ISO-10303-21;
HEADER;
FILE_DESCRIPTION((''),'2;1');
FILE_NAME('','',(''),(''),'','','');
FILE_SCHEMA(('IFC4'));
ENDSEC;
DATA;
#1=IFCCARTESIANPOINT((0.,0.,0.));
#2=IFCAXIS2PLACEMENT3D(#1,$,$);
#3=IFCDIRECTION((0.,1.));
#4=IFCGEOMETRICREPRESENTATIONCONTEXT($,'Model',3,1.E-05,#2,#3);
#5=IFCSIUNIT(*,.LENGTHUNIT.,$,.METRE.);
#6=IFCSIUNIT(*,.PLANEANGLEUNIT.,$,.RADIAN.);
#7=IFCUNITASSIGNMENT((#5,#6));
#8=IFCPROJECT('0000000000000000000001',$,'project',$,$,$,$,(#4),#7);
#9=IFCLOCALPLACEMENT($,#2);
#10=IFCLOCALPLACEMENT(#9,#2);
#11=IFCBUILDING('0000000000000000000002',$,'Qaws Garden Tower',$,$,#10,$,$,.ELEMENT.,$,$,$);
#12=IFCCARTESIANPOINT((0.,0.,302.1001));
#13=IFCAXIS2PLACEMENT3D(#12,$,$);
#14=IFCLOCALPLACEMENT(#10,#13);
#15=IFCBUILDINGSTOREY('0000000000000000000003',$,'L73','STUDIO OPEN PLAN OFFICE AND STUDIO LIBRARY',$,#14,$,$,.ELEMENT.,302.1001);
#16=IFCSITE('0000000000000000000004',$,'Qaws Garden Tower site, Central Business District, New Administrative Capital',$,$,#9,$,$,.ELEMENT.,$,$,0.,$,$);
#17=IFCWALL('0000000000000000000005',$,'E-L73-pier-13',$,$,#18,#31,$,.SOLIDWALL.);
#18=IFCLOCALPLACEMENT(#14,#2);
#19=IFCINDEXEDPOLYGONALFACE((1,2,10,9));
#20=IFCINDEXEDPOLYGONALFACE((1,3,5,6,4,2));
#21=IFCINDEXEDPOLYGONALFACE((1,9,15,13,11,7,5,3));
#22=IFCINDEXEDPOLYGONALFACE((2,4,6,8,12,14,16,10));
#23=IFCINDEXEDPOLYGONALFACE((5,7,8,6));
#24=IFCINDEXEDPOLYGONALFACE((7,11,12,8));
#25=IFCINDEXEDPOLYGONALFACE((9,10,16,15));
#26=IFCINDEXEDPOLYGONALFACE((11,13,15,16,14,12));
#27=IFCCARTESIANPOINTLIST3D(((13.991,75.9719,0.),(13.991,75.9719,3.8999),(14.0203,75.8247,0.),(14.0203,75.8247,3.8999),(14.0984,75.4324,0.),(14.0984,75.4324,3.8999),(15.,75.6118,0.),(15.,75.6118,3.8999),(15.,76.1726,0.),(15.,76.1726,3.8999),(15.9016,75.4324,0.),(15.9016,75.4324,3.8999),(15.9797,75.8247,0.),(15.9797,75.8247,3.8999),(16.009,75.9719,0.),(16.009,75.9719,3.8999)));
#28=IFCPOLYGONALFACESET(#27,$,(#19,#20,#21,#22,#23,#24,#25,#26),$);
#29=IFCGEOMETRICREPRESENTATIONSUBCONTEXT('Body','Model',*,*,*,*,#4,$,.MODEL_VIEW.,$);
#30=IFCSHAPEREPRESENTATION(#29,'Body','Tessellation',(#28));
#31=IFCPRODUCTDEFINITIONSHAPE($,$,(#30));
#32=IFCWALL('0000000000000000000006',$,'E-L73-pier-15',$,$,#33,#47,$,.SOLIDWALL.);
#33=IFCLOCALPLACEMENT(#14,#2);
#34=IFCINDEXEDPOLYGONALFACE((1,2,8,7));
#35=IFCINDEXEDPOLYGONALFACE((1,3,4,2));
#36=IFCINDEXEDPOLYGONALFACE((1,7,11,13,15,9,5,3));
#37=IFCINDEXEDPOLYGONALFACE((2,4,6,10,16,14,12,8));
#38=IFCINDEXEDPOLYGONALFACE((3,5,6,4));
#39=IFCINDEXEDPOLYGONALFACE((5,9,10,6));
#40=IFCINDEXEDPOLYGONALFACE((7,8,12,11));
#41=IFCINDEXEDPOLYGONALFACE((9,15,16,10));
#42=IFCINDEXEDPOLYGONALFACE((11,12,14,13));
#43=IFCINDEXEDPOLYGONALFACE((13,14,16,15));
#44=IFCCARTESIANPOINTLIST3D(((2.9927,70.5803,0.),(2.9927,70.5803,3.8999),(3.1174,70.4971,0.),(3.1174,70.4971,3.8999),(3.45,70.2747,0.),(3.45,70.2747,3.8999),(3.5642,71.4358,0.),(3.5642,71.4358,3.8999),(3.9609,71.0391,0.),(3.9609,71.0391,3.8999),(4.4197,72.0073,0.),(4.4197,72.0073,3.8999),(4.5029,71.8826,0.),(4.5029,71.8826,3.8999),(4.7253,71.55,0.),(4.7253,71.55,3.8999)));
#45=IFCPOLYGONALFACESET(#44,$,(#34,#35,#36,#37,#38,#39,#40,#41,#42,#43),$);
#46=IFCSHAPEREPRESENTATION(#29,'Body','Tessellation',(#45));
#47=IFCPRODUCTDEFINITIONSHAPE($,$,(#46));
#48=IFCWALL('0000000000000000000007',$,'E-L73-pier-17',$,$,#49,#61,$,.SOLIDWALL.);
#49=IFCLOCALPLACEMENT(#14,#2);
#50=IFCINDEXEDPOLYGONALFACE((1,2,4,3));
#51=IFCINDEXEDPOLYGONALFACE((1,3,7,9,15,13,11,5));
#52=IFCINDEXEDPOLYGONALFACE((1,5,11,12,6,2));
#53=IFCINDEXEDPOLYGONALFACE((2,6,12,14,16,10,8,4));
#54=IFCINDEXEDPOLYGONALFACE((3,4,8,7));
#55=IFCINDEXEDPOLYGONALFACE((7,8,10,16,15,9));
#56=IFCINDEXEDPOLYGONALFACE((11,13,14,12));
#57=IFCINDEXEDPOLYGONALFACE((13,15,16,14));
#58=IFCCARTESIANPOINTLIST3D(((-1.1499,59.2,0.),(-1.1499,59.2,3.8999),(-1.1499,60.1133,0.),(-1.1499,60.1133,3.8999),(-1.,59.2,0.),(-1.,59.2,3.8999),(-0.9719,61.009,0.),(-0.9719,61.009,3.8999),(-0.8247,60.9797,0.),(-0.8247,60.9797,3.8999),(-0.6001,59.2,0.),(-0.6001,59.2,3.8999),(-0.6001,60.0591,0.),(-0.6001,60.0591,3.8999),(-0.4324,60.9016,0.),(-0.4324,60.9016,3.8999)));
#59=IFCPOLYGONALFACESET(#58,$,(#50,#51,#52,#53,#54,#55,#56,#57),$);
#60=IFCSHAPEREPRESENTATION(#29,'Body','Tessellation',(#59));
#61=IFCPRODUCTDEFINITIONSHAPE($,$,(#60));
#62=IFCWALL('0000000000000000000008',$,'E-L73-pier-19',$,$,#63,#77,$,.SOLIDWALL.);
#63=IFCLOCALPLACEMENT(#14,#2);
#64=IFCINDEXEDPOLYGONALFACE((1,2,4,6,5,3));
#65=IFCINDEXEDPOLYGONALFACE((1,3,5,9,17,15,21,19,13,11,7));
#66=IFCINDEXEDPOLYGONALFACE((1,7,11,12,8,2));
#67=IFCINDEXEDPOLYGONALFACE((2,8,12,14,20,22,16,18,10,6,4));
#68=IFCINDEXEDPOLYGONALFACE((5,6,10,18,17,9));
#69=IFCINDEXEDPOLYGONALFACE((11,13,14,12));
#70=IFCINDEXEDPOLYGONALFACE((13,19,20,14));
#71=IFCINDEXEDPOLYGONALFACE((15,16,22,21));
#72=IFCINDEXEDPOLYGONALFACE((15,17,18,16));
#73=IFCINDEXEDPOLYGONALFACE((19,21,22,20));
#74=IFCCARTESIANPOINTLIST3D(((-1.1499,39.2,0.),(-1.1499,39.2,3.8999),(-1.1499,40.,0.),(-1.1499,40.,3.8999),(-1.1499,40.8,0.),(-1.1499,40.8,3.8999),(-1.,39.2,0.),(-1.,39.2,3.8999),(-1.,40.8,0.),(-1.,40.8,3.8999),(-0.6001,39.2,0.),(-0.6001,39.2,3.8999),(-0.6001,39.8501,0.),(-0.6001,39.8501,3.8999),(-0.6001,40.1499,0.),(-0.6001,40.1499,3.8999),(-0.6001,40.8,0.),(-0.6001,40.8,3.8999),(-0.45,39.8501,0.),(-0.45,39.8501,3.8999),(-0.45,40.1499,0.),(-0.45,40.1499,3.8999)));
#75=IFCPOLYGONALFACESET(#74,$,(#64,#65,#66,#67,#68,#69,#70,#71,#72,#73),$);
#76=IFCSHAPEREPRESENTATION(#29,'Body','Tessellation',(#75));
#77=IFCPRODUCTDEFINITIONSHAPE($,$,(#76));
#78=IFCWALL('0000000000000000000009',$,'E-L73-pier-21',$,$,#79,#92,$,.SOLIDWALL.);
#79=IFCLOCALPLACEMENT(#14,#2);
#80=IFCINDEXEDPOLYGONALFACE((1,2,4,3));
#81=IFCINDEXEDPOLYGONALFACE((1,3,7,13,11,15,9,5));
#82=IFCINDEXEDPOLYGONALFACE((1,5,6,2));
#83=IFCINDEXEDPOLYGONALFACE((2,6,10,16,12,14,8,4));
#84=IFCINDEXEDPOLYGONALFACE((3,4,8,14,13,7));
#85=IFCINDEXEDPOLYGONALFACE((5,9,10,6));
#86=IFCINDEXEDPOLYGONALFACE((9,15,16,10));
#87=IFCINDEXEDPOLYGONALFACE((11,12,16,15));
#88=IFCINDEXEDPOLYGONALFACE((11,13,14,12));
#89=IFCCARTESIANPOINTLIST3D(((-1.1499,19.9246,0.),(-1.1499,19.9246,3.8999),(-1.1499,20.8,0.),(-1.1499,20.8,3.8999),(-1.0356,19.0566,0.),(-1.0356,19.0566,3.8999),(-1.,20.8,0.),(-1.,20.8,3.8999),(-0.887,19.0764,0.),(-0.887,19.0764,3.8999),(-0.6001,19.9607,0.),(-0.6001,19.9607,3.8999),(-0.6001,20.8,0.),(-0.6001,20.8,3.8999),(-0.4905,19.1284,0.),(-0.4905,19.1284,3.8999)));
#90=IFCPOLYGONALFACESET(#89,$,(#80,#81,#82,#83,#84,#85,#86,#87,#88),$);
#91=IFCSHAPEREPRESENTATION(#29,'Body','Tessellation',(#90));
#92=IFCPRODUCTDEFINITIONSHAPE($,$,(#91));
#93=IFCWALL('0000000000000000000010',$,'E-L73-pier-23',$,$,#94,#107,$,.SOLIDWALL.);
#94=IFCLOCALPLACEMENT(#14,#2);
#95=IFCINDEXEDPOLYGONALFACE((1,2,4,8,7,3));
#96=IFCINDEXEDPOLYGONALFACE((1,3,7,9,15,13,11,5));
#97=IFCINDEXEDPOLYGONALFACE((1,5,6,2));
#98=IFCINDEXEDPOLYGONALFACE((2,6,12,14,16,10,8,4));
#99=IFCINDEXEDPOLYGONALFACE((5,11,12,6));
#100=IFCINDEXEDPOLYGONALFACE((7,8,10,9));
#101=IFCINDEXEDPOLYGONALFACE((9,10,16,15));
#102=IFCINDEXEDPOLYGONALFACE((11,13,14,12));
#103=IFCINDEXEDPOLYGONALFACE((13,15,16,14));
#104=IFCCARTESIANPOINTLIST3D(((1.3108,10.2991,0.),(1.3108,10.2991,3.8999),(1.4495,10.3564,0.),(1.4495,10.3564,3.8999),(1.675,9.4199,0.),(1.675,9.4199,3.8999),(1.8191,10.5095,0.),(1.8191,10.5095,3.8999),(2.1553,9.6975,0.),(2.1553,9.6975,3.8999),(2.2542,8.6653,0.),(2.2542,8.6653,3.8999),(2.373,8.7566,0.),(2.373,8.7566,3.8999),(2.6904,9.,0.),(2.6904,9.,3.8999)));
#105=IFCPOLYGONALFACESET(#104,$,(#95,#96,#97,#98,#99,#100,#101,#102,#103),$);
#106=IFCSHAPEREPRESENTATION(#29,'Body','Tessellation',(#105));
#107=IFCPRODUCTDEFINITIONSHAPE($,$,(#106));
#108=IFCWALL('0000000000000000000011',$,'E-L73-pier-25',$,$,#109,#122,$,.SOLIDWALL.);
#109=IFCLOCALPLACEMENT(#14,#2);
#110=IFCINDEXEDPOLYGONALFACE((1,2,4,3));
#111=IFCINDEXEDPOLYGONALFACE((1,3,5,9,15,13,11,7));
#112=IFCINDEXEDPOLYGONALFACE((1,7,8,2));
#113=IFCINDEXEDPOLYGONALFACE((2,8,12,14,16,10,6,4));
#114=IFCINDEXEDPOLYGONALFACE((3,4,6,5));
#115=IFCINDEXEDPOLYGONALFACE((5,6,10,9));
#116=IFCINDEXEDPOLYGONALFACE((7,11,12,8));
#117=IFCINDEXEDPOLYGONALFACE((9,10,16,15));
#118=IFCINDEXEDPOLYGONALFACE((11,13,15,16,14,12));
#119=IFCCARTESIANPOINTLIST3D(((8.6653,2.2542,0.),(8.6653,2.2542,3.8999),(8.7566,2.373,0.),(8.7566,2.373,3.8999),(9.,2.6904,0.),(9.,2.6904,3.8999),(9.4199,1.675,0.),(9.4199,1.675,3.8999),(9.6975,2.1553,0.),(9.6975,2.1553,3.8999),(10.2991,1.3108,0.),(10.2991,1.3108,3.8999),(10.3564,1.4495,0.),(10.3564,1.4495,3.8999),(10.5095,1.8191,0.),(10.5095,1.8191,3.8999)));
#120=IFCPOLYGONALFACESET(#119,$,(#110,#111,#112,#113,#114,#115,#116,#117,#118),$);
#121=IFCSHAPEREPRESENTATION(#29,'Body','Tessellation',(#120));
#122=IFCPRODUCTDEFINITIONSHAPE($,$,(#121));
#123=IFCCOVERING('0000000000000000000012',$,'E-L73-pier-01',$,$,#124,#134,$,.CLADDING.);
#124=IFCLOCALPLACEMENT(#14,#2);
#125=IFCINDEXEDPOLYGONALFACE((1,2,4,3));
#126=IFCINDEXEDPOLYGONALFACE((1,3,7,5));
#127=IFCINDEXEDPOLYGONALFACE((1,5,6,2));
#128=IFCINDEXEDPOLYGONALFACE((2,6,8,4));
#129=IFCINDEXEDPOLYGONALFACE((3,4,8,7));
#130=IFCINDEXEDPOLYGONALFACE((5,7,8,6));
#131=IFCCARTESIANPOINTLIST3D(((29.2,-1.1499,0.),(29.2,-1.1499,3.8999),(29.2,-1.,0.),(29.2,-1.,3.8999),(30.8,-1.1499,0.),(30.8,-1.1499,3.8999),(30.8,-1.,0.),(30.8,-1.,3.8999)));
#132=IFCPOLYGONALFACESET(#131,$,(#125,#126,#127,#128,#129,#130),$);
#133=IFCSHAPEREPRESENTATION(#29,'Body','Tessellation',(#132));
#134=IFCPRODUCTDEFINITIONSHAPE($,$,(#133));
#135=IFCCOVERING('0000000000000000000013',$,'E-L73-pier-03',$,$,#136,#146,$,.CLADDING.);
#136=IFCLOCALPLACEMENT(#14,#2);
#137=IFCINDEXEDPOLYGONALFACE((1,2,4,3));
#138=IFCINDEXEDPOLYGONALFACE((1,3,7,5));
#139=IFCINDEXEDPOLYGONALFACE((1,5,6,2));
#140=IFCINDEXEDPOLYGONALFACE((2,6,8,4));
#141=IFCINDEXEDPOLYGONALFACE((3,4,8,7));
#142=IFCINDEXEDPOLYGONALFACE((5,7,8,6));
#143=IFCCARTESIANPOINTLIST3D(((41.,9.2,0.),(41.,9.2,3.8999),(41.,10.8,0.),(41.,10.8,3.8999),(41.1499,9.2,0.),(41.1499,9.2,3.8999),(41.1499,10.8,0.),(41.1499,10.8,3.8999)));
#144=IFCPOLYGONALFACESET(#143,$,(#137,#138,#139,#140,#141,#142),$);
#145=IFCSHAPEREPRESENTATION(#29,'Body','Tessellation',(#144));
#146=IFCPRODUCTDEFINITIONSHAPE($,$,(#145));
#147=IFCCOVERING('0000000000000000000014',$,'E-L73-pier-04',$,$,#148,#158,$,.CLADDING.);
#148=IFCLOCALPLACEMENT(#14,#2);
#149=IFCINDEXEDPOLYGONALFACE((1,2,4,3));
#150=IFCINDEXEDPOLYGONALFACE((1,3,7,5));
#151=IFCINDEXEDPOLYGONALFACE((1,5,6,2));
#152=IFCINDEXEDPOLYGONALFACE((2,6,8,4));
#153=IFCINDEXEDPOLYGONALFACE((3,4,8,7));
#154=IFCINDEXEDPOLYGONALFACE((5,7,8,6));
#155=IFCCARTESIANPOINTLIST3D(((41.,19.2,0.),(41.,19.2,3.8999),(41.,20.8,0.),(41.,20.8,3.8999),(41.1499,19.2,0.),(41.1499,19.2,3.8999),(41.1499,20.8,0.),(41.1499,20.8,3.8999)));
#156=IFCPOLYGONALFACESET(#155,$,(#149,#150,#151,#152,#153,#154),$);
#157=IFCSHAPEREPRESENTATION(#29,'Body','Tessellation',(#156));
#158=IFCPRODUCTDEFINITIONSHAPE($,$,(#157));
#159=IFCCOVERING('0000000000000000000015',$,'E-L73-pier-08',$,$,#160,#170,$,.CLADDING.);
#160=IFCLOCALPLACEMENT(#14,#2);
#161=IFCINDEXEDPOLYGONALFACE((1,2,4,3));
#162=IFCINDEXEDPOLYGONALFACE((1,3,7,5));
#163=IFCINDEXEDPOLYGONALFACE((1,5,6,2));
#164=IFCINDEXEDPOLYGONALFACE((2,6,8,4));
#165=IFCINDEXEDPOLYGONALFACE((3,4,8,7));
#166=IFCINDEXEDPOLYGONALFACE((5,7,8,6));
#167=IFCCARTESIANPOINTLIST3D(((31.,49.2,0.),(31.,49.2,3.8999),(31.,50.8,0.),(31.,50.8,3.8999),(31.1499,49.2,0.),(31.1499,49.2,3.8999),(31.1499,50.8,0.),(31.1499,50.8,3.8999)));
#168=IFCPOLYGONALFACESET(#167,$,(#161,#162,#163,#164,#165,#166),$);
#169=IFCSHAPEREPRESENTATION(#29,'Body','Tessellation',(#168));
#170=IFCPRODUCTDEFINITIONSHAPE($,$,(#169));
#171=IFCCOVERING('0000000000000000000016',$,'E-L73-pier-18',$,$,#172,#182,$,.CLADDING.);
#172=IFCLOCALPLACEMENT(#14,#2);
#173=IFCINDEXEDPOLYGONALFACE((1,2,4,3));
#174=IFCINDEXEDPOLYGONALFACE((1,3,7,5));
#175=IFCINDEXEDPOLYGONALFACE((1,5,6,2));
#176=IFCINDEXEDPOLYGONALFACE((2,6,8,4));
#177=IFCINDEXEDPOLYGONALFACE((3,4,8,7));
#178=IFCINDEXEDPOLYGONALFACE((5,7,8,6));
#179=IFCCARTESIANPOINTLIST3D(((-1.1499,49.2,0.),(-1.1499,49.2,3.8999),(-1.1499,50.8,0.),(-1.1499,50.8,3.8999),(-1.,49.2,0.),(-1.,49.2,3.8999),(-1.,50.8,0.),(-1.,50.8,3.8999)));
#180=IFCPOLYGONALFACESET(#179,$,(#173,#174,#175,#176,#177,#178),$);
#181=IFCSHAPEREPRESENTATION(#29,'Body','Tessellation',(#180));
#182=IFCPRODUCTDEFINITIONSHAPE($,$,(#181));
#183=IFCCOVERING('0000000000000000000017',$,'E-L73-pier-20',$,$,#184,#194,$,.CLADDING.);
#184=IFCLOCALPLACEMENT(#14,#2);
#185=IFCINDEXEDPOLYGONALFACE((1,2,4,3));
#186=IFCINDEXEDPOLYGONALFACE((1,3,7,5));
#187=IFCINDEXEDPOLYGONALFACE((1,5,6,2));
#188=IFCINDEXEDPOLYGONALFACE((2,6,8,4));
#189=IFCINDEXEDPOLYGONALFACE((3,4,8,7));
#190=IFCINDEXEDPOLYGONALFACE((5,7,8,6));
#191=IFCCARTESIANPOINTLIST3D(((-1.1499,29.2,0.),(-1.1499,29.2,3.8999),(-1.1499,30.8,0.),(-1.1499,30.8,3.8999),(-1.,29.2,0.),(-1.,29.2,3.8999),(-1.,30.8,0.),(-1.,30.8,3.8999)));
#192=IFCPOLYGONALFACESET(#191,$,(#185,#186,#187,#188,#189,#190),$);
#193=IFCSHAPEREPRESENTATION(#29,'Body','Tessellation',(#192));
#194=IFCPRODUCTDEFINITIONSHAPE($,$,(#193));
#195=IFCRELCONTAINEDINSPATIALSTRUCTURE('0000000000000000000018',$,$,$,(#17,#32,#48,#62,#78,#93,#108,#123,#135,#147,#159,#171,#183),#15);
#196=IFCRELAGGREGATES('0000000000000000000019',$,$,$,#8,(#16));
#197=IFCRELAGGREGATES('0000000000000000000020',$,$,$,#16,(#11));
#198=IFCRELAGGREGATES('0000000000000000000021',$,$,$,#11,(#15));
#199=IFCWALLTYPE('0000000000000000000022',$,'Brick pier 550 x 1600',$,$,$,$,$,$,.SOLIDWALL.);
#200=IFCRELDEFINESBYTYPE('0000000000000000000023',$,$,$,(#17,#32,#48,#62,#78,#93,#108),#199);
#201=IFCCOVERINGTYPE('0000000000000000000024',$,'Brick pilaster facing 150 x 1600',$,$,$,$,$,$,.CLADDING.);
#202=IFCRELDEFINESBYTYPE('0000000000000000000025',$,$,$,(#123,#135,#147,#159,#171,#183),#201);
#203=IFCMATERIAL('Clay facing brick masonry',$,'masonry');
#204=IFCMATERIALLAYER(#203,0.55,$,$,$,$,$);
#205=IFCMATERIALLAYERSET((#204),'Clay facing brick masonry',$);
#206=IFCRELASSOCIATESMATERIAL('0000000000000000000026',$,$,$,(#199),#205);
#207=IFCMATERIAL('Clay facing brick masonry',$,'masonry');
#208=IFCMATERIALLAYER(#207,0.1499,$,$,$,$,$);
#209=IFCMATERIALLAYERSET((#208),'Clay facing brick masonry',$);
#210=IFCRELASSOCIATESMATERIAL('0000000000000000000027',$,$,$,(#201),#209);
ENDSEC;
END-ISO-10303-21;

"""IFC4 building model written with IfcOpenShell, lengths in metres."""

from ifc_helpers import new_model, si_unit, direction, frame, origin, place, context, subcontext, project, spatial, polyline, outline, extrude, material, layer, layer_set, type_object, element, save


model = new_model("IFC4")

# Units and contexts
model_context = context("Model", 3, precision=1e-05, world=origin(), true_north=direction((0.0, 1.0)))
body_context = subcontext(model_context, "Body", "Model", "MODEL_VIEW")
ifc_project = project(units=[si_unit("LENGTHUNIT", "METRE"), si_unit("PLANEANGLEUNIT", "RADIAN")], contexts=[model_context])

# Site, building, storey
site_placement = place(None, origin())
site = spatial("IfcSite", under=ifc_project, at=site_placement, Name="Qaws Garden Tower site, Central Business District, New Administrative Capital", CompositionType="ELEMENT", RefElevation=0.0)
building_placement = place(site_placement, origin())
building = spatial("IfcBuilding", under=site, at=building_placement, Name="Qaws Garden Tower", CompositionType="ELEMENT")
storey_placement = place(building_placement, frame((0.0, 0.0, 302.1001)))
storey = spatial("IfcBuildingStorey", under=building, at=storey_placement, Name="L73", Description="STUDIO OPEN PLAN OFFICE AND STUDIO LIBRARY", CompositionType="ELEMENT", Elevation=302.1001)

# Walls
placement = place(storey_placement, origin())
ifc_material_1 = material(Name="Clay facing brick masonry", Category="masonry")
ifc_layer_1 = layer(ifc_material_1, 0.55)
ifc_layer_set_1 = layer_set([ifc_layer_1], Name="Clay facing brick masonry")
wall_type_1 = type_object("IfcWallType", Name="Brick pier 550 x 1600", PredefinedType="SOLIDWALL", material=ifc_layer_set_1)
element("IfcWall", 1, at=placement, inside=storey, type_object=wall_type_1, Name="E-L73-pier-13", PredefinedType="SOLIDWALL", context=body_context, shape_type="SweptSolid", body=[
    extrude(outline(polyline([(15.9797, 75.8247), (16.009, 75.9719), (15.0, 76.1726), (13.991, 75.9719), (14.0203, 75.8247), (14.0984, 75.4324), (15.0, 75.6118), (15.9016, 75.4324), (15.9797, 75.8247)])), origin(), (0.0, 0.0, 1.0), 3.8999),
])
element("IfcWall", 2, at=placement, inside=storey, type_object=wall_type_1, Name="E-L73-pier-15", PredefinedType="SOLIDWALL", context=body_context, shape_type="SweptSolid", body=[
    extrude(outline(polyline([(4.5029, 71.8826), (4.4197, 72.0073), (3.5642, 71.4358), (2.9927, 70.5803), (3.1174, 70.4971), (3.45, 70.2747), (3.9609, 71.0391), (4.7253, 71.55), (4.5029, 71.8826)])), origin(), (0.0, 0.0, 1.0), 3.8999),
])
element("IfcWall", 3, at=placement, inside=storey, type_object=wall_type_1, Name="E-L73-pier-17", PredefinedType="SOLIDWALL", context=body_context, shape_type="SweptSolid", body=[
    extrude(outline(polyline([(-0.8247, 60.9797), (-0.9719, 61.009), (-1.1499, 60.1133), (-1.1499, 59.2), (-1.0, 59.2), (-0.6001, 59.2), (-0.6001, 60.0591), (-0.4324, 60.9016), (-0.8247, 60.9797)])), origin(), (0.0, 0.0, 1.0), 3.8999),
])
element("IfcWall", 4, at=placement, inside=storey, type_object=wall_type_1, Name="E-L73-pier-19", PredefinedType="SOLIDWALL", context=body_context, shape_type="SweptSolid", body=[
    extrude(outline(polyline([(-0.6001, 39.2), (-0.6001, 39.8501), (-0.45, 39.8501), (-0.45, 40.1499), (-0.6001, 40.1499), (-0.6001, 40.8), (-1.0, 40.8), (-1.1499, 40.8), (-1.1499, 40.0), (-1.1499, 39.2), (-1.0, 39.2), (-0.6001, 39.2)])), origin(), (0.0, 0.0, 1.0), 3.8999),
])
element("IfcWall", 5, at=placement, inside=storey, type_object=wall_type_1, Name="E-L73-pier-21", PredefinedType="SOLIDWALL", context=body_context, shape_type="SweptSolid", body=[
    extrude(outline(polyline([(-1.0, 20.8), (-1.1499, 20.8), (-1.1499, 19.9246), (-1.0356, 19.0566), (-0.887, 19.0764), (-0.4905, 19.1284), (-0.6001, 19.9607), (-0.6001, 20.8), (-1.0, 20.8)])), origin(), (0.0, 0.0, 1.0), 3.8999),
])
element("IfcWall", 6, at=placement, inside=storey, type_object=wall_type_1, Name="E-L73-pier-23", PredefinedType="SOLIDWALL", context=body_context, shape_type="SweptSolid", body=[
    extrude(outline(polyline([(1.4495, 10.3564), (1.3108, 10.2991), (1.675, 9.4199), (2.2542, 8.6653), (2.373, 8.7566), (2.6904, 9.0), (2.1553, 9.6975), (1.8191, 10.5095), (1.4495, 10.3564)])), origin(), (0.0, 0.0, 1.0), 3.8999),
])
element("IfcWall", 7, at=placement, inside=storey, type_object=wall_type_1, Name="E-L73-pier-25", PredefinedType="SOLIDWALL", context=body_context, shape_type="SweptSolid", body=[
    extrude(outline(polyline([(8.7566, 2.373), (8.6653, 2.2542), (9.4199, 1.675), (10.2991, 1.3108), (10.3564, 1.4495), (10.5095, 1.8191), (9.6975, 2.1553), (9.0, 2.6904), (8.7566, 2.373)])), origin(), (0.0, 0.0, 1.0), 3.8999),
])

# Coverings
ifc_material_2 = material(Name="Clay facing brick masonry", Category="masonry")
ifc_layer_2 = layer(ifc_material_2, 0.1499)
ifc_layer_set_2 = layer_set([ifc_layer_2], Name="Clay facing brick masonry")
covering_type = type_object("IfcCoveringType", Name="Brick pilaster facing 150 x 1600", PredefinedType="CLADDING", material=ifc_layer_set_2)
element("IfcCovering", 8, at=placement, inside=storey, type_object=covering_type, Name="E-L73-pier-01", PredefinedType="CLADDING", context=body_context, shape_type="SweptSolid", body=[
    extrude(outline(polyline([(29.2, -1.0), (30.8, -1.0), (30.8, -1.1499), (29.2, -1.1499), (29.2, -1.0)])), origin(), (0.0, 0.0, 1.0), 3.8999),
])
element("IfcCovering", 9, at=placement, inside=storey, type_object=covering_type, Name="E-L73-pier-03", PredefinedType="CLADDING", context=body_context, shape_type="SweptSolid", body=[
    extrude(outline(polyline([(41.0, 9.2), (41.0, 10.8), (41.1499, 10.8), (41.1499, 9.2), (41.0, 9.2)])), origin(), (0.0, 0.0, 1.0), 3.8999),
])
element("IfcCovering", 10, at=placement, inside=storey, type_object=covering_type, Name="E-L73-pier-04", PredefinedType="CLADDING", context=body_context, shape_type="SweptSolid", body=[
    extrude(outline(polyline([(41.0, 19.2), (41.0, 20.8), (41.1499, 20.8), (41.1499, 19.2), (41.0, 19.2)])), origin(), (0.0, 0.0, 1.0), 3.8999),
])
element("IfcCovering", 11, at=placement, inside=storey, type_object=covering_type, Name="E-L73-pier-08", PredefinedType="CLADDING", context=body_context, shape_type="SweptSolid", body=[
    extrude(outline(polyline([(31.0, 49.2), (31.0, 50.8), (31.1499, 50.8), (31.1499, 49.2), (31.0, 49.2)])), origin(), (0.0, 0.0, 1.0), 3.8999),
])
element("IfcCovering", 12, at=placement, inside=storey, type_object=covering_type, Name="E-L73-pier-18", PredefinedType="CLADDING", context=body_context, shape_type="SweptSolid", body=[
    extrude(outline(polyline([(-1.0, 50.8), (-1.0, 49.2), (-1.1499, 49.2), (-1.1499, 50.8), (-1.0, 50.8)])), origin(), (0.0, 0.0, 1.0), 3.8999),
])
element("IfcCovering", 13, at=placement, inside=storey, type_object=covering_type, Name="E-L73-pier-20", PredefinedType="CLADDING", context=body_context, shape_type="SweptSolid", body=[
    extrude(outline(polyline([(-1.0, 30.8), (-1.0, 29.2), (-1.1499, 29.2), (-1.1499, 30.8), (-1.0, 30.8)])), origin(), (0.0, 0.0, 1.0), 3.8999),
])

save(model, "model.ifc")
